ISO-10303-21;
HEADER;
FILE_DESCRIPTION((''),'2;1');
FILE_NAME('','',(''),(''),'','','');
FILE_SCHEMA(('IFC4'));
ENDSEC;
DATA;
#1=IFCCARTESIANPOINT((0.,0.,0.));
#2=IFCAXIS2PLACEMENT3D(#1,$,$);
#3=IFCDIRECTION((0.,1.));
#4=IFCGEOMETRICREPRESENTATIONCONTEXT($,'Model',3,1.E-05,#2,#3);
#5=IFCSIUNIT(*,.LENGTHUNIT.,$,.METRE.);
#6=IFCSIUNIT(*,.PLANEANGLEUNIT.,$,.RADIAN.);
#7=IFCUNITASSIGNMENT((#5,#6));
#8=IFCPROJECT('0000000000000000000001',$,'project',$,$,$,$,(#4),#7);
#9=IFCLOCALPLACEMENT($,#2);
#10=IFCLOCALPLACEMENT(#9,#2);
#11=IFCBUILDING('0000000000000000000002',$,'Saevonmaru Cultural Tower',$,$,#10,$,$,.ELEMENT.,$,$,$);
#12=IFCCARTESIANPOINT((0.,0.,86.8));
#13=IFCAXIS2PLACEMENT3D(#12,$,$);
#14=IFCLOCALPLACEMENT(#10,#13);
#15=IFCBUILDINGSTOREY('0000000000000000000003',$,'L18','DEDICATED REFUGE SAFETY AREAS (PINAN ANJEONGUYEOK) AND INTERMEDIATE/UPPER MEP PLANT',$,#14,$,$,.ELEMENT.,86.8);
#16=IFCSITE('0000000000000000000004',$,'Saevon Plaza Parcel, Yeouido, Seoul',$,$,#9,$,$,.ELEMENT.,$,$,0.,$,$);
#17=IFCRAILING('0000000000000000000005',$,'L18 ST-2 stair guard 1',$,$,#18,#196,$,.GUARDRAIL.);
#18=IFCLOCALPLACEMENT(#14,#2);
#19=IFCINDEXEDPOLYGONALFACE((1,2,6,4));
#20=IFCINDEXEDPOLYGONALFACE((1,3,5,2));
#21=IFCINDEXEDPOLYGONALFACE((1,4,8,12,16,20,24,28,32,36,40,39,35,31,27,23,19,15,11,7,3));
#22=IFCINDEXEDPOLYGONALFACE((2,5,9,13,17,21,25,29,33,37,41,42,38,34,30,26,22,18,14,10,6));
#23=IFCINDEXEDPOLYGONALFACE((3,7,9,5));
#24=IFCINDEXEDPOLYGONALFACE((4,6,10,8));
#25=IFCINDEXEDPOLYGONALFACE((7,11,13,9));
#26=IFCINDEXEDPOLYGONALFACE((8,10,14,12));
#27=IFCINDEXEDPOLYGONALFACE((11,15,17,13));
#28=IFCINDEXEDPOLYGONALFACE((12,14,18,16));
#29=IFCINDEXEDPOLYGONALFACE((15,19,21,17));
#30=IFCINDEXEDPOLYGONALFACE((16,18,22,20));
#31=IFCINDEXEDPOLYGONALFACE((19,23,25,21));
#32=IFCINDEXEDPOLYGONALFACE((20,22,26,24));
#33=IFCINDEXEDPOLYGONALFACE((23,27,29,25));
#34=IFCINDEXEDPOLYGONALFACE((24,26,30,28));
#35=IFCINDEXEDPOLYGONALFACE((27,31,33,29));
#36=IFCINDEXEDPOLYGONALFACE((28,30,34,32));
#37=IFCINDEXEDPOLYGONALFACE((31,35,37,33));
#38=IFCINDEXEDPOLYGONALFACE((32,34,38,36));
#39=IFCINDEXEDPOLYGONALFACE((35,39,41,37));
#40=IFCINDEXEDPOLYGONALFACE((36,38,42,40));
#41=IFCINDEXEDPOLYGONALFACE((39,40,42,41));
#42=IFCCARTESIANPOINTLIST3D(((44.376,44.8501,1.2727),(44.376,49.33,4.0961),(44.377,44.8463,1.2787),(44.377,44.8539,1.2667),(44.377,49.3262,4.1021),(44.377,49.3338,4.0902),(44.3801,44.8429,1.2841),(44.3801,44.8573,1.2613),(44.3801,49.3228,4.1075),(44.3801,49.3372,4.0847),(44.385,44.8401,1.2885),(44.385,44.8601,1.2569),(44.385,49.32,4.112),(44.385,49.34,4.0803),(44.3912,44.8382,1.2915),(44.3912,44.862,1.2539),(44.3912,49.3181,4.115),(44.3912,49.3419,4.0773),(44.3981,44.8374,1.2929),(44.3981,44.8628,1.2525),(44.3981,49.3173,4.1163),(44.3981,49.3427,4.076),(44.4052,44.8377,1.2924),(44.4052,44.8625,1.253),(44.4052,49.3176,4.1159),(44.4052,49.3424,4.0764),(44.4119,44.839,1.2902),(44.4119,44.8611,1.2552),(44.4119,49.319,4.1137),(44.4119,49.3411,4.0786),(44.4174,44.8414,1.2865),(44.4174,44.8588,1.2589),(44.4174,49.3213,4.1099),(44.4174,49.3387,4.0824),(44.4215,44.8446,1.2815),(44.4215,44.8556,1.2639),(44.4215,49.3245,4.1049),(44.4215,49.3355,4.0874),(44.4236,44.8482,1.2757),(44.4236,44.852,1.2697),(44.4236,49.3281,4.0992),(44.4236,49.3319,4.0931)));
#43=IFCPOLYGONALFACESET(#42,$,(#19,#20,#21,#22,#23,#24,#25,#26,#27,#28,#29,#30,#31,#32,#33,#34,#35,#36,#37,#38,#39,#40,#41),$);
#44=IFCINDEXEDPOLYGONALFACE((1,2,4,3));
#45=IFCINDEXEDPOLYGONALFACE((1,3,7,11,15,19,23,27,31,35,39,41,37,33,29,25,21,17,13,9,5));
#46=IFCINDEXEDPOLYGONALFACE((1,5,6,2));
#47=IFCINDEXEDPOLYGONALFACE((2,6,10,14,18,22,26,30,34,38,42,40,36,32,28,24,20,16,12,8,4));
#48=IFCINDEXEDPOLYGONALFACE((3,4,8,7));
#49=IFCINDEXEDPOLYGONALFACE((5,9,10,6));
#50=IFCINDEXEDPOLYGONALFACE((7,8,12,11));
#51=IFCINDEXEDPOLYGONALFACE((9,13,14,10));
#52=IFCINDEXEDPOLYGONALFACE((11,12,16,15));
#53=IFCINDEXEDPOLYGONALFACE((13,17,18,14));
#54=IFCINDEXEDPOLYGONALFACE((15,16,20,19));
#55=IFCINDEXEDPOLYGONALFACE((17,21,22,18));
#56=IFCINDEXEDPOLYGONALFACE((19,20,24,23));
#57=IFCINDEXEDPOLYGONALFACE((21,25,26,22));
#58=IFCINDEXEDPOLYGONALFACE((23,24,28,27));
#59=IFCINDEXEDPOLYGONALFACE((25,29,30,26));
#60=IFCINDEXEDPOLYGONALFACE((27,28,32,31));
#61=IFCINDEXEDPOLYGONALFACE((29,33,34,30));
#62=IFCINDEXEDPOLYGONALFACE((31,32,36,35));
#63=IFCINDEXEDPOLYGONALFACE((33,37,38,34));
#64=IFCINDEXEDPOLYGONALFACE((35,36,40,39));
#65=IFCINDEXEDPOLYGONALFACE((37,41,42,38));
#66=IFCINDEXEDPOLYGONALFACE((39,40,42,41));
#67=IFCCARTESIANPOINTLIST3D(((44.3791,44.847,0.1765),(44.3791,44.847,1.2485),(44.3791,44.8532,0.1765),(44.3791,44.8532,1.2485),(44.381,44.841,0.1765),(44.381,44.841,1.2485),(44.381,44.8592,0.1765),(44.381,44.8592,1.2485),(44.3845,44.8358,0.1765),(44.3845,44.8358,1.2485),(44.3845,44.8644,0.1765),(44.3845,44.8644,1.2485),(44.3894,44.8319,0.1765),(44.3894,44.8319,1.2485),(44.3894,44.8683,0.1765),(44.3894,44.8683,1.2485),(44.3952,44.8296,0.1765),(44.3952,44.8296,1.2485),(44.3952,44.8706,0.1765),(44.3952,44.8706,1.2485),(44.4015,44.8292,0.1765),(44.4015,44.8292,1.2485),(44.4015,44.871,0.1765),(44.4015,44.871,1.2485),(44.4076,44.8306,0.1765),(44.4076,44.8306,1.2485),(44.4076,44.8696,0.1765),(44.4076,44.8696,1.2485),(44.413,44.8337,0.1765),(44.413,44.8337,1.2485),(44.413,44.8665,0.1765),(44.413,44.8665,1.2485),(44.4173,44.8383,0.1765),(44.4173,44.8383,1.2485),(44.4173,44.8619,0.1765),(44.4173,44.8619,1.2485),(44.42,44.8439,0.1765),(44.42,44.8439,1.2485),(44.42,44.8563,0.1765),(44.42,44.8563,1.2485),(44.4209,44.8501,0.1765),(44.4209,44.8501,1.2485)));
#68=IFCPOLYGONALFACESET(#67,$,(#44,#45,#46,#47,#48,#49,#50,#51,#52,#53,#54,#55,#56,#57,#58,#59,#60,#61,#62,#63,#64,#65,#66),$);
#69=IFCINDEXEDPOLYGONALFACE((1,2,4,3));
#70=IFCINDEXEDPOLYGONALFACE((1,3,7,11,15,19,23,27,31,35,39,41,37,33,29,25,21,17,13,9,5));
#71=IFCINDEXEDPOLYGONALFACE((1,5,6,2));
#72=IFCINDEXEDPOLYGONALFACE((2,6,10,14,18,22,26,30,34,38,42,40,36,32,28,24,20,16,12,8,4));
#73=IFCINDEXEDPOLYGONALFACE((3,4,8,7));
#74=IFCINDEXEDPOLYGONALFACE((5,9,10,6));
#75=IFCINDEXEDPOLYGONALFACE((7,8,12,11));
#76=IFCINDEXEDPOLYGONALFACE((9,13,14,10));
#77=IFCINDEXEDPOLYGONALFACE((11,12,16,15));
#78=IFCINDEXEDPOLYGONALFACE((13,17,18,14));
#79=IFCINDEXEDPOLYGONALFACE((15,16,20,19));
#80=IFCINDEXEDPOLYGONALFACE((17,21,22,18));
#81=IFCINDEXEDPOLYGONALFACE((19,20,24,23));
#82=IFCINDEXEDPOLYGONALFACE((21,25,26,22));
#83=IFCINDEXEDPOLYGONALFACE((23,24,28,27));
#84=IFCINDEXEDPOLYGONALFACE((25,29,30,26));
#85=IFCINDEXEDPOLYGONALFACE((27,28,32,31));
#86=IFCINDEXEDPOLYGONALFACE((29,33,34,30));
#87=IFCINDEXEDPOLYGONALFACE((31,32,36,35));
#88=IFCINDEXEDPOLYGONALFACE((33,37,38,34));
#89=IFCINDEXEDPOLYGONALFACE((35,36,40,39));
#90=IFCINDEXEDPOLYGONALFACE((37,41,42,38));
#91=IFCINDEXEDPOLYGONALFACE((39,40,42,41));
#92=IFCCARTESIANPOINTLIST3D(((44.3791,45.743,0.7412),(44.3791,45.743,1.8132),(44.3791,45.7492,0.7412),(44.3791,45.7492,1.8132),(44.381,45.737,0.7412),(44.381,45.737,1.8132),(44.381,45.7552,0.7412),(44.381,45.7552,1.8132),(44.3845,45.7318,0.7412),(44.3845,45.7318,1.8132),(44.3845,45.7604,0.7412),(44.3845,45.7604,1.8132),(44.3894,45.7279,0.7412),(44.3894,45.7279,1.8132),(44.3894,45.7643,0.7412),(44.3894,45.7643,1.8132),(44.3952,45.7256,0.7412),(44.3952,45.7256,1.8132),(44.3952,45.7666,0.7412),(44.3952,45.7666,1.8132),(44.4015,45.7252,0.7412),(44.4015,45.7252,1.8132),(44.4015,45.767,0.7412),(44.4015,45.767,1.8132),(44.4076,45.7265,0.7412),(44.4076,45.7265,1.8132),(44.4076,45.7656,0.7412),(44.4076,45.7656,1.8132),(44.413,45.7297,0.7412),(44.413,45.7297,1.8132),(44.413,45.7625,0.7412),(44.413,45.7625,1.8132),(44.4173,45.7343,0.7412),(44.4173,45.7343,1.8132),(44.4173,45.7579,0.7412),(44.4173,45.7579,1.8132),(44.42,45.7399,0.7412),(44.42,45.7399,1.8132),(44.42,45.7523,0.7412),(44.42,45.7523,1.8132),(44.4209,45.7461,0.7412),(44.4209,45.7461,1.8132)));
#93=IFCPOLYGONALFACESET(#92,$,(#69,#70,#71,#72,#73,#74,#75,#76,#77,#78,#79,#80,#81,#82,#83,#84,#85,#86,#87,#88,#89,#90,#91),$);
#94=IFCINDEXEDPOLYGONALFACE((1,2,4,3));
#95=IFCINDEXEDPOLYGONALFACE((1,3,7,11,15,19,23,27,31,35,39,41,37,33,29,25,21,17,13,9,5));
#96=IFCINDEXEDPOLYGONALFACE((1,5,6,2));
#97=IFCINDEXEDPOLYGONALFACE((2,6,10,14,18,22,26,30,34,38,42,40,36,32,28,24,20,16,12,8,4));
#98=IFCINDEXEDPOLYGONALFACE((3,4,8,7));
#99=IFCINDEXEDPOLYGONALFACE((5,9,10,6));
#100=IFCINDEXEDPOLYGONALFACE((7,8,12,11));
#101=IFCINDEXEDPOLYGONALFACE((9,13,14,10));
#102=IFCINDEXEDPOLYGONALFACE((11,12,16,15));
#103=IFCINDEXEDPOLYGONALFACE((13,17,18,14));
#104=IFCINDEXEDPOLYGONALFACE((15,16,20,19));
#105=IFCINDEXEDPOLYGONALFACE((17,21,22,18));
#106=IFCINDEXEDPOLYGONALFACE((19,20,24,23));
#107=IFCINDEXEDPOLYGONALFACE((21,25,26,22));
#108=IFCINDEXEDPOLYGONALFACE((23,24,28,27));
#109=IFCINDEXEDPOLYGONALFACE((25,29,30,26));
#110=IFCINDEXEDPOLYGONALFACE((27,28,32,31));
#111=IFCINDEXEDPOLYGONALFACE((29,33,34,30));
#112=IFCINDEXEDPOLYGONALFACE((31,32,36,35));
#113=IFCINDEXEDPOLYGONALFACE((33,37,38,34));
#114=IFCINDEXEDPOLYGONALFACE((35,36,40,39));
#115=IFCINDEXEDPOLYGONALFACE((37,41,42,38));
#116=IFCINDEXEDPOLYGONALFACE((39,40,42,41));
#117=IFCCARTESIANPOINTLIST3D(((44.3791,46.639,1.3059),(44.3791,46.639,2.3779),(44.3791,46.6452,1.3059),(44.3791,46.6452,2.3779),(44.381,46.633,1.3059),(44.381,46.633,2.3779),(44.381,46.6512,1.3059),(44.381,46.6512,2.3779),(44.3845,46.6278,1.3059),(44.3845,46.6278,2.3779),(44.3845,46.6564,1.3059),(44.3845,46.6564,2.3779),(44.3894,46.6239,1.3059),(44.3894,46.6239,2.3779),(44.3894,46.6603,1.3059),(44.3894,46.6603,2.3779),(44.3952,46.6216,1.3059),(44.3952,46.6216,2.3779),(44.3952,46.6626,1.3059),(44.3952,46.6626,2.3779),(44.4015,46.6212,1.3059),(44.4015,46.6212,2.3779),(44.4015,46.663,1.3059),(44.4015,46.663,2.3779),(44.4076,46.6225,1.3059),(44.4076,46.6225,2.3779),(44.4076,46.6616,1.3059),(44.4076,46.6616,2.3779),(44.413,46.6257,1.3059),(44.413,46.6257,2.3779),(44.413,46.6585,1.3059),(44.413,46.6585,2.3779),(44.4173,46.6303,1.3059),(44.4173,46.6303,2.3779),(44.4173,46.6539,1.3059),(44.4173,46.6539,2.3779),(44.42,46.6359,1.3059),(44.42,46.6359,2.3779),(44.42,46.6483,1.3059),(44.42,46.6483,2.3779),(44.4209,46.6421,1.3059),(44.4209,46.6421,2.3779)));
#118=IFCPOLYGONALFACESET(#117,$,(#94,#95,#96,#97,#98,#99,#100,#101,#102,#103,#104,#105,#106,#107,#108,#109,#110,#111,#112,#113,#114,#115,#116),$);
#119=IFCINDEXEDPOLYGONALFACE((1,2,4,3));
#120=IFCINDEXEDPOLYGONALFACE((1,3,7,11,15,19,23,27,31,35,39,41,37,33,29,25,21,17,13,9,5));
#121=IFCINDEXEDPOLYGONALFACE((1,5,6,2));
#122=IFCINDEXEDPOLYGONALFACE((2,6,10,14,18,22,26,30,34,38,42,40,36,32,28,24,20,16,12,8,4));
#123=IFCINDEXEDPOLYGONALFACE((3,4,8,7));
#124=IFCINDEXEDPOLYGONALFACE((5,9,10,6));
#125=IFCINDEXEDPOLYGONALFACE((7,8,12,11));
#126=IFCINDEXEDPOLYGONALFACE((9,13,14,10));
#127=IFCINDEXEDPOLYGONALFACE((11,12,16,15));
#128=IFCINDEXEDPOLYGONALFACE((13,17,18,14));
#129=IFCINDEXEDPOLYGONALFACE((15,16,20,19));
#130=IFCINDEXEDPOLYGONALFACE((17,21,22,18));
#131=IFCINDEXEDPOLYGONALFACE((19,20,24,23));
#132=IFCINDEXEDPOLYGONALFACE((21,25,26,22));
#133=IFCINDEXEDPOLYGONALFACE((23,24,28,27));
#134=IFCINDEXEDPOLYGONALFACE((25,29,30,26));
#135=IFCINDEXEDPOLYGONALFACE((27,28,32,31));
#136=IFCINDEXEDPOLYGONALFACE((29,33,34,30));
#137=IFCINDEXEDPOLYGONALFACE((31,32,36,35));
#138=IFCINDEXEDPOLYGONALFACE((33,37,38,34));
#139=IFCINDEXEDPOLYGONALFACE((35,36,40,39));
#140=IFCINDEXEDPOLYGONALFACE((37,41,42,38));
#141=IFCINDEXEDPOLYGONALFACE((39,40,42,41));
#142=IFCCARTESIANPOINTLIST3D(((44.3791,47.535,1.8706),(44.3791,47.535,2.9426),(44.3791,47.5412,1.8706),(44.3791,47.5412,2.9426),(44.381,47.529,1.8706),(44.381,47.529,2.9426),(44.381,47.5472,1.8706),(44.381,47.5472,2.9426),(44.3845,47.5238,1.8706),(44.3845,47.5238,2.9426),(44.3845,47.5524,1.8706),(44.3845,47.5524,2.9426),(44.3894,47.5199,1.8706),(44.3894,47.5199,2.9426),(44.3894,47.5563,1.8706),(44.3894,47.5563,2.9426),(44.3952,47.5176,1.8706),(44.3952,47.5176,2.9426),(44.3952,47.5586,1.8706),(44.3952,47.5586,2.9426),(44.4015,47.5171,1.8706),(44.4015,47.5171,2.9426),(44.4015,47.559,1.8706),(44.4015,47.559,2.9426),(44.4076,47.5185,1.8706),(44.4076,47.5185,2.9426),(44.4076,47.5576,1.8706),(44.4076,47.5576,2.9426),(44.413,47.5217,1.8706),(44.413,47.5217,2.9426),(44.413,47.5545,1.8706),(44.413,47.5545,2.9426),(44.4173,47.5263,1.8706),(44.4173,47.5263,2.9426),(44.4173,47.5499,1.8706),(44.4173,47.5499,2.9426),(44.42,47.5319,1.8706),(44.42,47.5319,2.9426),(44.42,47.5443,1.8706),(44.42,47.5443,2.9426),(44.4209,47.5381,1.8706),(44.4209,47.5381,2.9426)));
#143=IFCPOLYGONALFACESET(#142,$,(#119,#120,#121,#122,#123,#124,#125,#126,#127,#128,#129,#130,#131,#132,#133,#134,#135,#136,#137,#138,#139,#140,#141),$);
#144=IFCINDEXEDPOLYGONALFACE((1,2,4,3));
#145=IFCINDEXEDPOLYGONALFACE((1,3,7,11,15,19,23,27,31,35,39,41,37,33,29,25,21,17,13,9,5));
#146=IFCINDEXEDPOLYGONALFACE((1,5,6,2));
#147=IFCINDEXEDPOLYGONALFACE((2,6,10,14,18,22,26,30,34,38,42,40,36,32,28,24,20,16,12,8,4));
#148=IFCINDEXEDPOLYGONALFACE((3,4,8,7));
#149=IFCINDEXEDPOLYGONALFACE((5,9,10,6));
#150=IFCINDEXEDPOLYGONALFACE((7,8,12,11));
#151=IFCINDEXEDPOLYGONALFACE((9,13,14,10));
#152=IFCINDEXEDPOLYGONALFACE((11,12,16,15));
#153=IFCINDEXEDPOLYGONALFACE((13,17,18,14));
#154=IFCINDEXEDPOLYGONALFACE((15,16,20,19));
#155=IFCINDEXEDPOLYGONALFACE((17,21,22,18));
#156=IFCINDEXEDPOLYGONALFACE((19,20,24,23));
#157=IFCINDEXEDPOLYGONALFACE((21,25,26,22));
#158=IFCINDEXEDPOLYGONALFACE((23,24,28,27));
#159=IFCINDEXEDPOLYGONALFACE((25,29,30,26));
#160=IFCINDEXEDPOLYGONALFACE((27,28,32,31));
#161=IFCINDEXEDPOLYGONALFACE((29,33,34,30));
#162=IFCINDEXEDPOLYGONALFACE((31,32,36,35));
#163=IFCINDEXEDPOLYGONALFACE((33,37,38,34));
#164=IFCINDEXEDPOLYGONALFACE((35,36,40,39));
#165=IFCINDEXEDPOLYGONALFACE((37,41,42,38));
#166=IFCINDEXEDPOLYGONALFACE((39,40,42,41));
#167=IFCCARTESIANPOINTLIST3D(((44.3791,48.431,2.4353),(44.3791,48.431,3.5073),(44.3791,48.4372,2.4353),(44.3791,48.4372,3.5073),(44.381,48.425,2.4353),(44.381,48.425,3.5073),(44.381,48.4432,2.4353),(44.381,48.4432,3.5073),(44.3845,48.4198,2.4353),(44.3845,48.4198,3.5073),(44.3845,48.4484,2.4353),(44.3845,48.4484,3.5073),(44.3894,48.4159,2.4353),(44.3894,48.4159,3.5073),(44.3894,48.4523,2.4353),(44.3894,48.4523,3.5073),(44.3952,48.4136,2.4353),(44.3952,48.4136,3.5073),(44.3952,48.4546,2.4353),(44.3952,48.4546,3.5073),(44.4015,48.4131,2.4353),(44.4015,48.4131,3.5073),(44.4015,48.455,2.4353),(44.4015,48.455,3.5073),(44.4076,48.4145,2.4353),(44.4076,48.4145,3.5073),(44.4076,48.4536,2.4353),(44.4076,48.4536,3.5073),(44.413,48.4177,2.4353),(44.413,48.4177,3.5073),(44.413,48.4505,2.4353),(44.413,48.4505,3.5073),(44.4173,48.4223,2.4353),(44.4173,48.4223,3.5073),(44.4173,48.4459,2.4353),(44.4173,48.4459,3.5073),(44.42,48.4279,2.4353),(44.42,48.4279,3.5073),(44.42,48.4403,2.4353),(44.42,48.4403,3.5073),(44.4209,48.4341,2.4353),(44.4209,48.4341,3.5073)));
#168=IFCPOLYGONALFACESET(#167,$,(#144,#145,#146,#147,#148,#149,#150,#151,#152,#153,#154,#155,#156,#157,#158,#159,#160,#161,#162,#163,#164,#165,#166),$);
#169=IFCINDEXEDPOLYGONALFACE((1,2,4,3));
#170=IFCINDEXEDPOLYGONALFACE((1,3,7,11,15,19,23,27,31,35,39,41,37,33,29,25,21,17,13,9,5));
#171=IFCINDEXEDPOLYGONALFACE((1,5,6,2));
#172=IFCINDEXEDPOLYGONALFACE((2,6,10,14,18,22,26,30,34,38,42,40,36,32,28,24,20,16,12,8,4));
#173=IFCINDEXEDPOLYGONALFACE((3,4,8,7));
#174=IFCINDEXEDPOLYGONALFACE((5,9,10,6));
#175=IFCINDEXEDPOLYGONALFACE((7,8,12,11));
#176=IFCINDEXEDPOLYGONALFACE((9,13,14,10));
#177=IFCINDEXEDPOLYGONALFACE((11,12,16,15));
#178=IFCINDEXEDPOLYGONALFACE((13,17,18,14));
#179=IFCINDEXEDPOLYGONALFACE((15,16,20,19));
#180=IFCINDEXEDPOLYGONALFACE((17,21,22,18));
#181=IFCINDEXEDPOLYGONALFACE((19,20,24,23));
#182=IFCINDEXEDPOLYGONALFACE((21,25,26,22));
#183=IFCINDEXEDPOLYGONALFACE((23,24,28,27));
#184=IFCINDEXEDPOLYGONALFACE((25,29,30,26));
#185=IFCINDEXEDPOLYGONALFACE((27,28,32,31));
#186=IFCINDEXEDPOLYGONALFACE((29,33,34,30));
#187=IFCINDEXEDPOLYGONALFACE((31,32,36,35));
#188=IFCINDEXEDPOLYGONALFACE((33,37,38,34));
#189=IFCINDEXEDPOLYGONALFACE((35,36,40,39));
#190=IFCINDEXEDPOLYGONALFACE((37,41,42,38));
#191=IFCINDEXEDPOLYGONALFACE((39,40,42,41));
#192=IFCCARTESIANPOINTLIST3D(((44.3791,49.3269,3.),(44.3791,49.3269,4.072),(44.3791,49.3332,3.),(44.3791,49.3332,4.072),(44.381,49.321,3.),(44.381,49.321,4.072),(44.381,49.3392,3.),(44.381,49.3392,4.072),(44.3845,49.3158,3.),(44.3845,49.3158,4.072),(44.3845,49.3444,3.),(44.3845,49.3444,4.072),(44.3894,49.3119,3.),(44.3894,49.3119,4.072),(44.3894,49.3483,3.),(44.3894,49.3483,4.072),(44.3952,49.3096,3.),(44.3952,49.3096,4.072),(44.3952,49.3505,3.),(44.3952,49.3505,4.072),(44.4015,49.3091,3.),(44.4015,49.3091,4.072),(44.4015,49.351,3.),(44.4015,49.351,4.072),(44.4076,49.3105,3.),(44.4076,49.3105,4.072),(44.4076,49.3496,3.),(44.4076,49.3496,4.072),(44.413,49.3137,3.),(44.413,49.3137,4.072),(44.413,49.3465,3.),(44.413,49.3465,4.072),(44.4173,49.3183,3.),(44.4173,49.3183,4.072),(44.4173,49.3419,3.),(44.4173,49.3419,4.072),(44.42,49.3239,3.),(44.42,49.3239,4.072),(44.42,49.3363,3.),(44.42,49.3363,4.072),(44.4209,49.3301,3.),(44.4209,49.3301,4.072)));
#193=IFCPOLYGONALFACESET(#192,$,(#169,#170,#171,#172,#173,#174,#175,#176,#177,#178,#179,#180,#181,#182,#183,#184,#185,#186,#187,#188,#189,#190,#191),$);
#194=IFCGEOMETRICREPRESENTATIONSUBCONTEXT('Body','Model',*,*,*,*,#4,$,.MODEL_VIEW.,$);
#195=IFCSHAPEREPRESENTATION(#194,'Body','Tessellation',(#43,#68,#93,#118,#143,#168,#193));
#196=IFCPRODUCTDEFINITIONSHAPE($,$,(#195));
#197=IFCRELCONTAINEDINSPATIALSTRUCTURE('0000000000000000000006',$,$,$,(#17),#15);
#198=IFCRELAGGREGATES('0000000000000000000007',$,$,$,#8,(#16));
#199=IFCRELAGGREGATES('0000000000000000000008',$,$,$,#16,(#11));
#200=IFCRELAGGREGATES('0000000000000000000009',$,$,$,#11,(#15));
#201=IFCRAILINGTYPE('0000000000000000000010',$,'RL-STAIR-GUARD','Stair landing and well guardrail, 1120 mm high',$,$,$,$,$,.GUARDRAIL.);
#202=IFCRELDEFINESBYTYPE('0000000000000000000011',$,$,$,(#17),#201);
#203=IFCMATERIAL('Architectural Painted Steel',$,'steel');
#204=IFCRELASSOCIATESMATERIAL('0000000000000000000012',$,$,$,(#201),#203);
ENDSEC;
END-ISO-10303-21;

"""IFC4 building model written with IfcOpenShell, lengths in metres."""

from ifc_helpers import new_model, si_unit, direction, frame, origin, origin_2d, place, context, subcontext, project, spatial, circle, extrude, material, type_object, element, save


model = new_model("IFC4")

# Units and contexts
model_context = context("Model", 3, precision=1e-05, world=origin(), true_north=direction((0.0, 1.0)))
body_context = subcontext(model_context, "Body", "Model", "MODEL_VIEW")
ifc_project = project(units=[si_unit("LENGTHUNIT", "METRE"), si_unit("PLANEANGLEUNIT", "RADIAN")], contexts=[model_context])

# Site, building, storey
site_placement = place(None, origin())
site = spatial("IfcSite", under=ifc_project, at=site_placement, Name="Saevon Plaza Parcel, Yeouido, Seoul", CompositionType="ELEMENT", RefElevation=0.0)
building_placement = place(site_placement, origin())
building = spatial("IfcBuilding", under=site, at=building_placement, Name="Saevonmaru Cultural Tower", CompositionType="ELEMENT")
storey_placement = place(building_placement, frame((0.0, 0.0, 86.8)))
storey = spatial("IfcBuildingStorey", under=building, at=storey_placement, Name="L18", Description="DEDICATED REFUGE SAFETY AREAS (PINAN ANJEONGUYEOK) AND INTERMEDIATE/UPPER MEP PLANT", CompositionType="ELEMENT", Elevation=86.8)

# Railing
ifc_material_1 = material(Name="Architectural Painted Steel", Category="steel")
railing_type_1 = type_object("IfcRailingType", Name="RL-STAIR-GUARD", Description="Stair landing and well guardrail, 1120 mm high", PredefinedType="GUARDRAIL", material=ifc_material_1)
railing_1_placement = place(storey_placement, frame((44.3999, 44.8501, 0.1765)))
element("IfcRailing", 1, at=railing_1_placement, inside=storey, type_object=railing_type_1, Name="L18 ST-2 stair guard 1", PredefinedType="GUARDRAIL", context=body_context, shape_type="SweptSolid", body=[
    extrude(circle(Radius=0.0239, at=origin_2d()), frame((0.0, 0.0, 1.0962), z_axis=(0.0, 0.845998, 0.533186), x_axis=(-1.0, 0.0, 0.0)), (0.0, 0.0, 1.0), 5.2954),
    extrude(circle(Radius=0.021, at=origin_2d()), origin(), (0.0, 0.0, 1.0), 1.072),
    extrude(circle(Radius=0.021, at=origin_2d()), frame((0.0, 0.896, 0.5647)), (0.0, 0.0, 1.0), 1.072),
    extrude(circle(Radius=0.021, at=origin_2d()), frame((0.0, 1.792, 1.1294)), (0.0, 0.0, 1.0), 1.072),
    extrude(circle(Radius=0.021, at=origin_2d()), frame((0.0, 2.688, 1.6941)), (0.0, 0.0, 1.0), 1.072),
    extrude(circle(Radius=0.021, at=origin_2d()), frame((0.0, 3.584, 2.2588)), (0.0, 0.0, 1.0), 1.072),
    extrude(circle(Radius=0.021, at=origin_2d()), frame((0.0, 4.48, 2.8235)), (0.0, 0.0, 1.0), 1.072),
])

save(model, "model.ifc")
